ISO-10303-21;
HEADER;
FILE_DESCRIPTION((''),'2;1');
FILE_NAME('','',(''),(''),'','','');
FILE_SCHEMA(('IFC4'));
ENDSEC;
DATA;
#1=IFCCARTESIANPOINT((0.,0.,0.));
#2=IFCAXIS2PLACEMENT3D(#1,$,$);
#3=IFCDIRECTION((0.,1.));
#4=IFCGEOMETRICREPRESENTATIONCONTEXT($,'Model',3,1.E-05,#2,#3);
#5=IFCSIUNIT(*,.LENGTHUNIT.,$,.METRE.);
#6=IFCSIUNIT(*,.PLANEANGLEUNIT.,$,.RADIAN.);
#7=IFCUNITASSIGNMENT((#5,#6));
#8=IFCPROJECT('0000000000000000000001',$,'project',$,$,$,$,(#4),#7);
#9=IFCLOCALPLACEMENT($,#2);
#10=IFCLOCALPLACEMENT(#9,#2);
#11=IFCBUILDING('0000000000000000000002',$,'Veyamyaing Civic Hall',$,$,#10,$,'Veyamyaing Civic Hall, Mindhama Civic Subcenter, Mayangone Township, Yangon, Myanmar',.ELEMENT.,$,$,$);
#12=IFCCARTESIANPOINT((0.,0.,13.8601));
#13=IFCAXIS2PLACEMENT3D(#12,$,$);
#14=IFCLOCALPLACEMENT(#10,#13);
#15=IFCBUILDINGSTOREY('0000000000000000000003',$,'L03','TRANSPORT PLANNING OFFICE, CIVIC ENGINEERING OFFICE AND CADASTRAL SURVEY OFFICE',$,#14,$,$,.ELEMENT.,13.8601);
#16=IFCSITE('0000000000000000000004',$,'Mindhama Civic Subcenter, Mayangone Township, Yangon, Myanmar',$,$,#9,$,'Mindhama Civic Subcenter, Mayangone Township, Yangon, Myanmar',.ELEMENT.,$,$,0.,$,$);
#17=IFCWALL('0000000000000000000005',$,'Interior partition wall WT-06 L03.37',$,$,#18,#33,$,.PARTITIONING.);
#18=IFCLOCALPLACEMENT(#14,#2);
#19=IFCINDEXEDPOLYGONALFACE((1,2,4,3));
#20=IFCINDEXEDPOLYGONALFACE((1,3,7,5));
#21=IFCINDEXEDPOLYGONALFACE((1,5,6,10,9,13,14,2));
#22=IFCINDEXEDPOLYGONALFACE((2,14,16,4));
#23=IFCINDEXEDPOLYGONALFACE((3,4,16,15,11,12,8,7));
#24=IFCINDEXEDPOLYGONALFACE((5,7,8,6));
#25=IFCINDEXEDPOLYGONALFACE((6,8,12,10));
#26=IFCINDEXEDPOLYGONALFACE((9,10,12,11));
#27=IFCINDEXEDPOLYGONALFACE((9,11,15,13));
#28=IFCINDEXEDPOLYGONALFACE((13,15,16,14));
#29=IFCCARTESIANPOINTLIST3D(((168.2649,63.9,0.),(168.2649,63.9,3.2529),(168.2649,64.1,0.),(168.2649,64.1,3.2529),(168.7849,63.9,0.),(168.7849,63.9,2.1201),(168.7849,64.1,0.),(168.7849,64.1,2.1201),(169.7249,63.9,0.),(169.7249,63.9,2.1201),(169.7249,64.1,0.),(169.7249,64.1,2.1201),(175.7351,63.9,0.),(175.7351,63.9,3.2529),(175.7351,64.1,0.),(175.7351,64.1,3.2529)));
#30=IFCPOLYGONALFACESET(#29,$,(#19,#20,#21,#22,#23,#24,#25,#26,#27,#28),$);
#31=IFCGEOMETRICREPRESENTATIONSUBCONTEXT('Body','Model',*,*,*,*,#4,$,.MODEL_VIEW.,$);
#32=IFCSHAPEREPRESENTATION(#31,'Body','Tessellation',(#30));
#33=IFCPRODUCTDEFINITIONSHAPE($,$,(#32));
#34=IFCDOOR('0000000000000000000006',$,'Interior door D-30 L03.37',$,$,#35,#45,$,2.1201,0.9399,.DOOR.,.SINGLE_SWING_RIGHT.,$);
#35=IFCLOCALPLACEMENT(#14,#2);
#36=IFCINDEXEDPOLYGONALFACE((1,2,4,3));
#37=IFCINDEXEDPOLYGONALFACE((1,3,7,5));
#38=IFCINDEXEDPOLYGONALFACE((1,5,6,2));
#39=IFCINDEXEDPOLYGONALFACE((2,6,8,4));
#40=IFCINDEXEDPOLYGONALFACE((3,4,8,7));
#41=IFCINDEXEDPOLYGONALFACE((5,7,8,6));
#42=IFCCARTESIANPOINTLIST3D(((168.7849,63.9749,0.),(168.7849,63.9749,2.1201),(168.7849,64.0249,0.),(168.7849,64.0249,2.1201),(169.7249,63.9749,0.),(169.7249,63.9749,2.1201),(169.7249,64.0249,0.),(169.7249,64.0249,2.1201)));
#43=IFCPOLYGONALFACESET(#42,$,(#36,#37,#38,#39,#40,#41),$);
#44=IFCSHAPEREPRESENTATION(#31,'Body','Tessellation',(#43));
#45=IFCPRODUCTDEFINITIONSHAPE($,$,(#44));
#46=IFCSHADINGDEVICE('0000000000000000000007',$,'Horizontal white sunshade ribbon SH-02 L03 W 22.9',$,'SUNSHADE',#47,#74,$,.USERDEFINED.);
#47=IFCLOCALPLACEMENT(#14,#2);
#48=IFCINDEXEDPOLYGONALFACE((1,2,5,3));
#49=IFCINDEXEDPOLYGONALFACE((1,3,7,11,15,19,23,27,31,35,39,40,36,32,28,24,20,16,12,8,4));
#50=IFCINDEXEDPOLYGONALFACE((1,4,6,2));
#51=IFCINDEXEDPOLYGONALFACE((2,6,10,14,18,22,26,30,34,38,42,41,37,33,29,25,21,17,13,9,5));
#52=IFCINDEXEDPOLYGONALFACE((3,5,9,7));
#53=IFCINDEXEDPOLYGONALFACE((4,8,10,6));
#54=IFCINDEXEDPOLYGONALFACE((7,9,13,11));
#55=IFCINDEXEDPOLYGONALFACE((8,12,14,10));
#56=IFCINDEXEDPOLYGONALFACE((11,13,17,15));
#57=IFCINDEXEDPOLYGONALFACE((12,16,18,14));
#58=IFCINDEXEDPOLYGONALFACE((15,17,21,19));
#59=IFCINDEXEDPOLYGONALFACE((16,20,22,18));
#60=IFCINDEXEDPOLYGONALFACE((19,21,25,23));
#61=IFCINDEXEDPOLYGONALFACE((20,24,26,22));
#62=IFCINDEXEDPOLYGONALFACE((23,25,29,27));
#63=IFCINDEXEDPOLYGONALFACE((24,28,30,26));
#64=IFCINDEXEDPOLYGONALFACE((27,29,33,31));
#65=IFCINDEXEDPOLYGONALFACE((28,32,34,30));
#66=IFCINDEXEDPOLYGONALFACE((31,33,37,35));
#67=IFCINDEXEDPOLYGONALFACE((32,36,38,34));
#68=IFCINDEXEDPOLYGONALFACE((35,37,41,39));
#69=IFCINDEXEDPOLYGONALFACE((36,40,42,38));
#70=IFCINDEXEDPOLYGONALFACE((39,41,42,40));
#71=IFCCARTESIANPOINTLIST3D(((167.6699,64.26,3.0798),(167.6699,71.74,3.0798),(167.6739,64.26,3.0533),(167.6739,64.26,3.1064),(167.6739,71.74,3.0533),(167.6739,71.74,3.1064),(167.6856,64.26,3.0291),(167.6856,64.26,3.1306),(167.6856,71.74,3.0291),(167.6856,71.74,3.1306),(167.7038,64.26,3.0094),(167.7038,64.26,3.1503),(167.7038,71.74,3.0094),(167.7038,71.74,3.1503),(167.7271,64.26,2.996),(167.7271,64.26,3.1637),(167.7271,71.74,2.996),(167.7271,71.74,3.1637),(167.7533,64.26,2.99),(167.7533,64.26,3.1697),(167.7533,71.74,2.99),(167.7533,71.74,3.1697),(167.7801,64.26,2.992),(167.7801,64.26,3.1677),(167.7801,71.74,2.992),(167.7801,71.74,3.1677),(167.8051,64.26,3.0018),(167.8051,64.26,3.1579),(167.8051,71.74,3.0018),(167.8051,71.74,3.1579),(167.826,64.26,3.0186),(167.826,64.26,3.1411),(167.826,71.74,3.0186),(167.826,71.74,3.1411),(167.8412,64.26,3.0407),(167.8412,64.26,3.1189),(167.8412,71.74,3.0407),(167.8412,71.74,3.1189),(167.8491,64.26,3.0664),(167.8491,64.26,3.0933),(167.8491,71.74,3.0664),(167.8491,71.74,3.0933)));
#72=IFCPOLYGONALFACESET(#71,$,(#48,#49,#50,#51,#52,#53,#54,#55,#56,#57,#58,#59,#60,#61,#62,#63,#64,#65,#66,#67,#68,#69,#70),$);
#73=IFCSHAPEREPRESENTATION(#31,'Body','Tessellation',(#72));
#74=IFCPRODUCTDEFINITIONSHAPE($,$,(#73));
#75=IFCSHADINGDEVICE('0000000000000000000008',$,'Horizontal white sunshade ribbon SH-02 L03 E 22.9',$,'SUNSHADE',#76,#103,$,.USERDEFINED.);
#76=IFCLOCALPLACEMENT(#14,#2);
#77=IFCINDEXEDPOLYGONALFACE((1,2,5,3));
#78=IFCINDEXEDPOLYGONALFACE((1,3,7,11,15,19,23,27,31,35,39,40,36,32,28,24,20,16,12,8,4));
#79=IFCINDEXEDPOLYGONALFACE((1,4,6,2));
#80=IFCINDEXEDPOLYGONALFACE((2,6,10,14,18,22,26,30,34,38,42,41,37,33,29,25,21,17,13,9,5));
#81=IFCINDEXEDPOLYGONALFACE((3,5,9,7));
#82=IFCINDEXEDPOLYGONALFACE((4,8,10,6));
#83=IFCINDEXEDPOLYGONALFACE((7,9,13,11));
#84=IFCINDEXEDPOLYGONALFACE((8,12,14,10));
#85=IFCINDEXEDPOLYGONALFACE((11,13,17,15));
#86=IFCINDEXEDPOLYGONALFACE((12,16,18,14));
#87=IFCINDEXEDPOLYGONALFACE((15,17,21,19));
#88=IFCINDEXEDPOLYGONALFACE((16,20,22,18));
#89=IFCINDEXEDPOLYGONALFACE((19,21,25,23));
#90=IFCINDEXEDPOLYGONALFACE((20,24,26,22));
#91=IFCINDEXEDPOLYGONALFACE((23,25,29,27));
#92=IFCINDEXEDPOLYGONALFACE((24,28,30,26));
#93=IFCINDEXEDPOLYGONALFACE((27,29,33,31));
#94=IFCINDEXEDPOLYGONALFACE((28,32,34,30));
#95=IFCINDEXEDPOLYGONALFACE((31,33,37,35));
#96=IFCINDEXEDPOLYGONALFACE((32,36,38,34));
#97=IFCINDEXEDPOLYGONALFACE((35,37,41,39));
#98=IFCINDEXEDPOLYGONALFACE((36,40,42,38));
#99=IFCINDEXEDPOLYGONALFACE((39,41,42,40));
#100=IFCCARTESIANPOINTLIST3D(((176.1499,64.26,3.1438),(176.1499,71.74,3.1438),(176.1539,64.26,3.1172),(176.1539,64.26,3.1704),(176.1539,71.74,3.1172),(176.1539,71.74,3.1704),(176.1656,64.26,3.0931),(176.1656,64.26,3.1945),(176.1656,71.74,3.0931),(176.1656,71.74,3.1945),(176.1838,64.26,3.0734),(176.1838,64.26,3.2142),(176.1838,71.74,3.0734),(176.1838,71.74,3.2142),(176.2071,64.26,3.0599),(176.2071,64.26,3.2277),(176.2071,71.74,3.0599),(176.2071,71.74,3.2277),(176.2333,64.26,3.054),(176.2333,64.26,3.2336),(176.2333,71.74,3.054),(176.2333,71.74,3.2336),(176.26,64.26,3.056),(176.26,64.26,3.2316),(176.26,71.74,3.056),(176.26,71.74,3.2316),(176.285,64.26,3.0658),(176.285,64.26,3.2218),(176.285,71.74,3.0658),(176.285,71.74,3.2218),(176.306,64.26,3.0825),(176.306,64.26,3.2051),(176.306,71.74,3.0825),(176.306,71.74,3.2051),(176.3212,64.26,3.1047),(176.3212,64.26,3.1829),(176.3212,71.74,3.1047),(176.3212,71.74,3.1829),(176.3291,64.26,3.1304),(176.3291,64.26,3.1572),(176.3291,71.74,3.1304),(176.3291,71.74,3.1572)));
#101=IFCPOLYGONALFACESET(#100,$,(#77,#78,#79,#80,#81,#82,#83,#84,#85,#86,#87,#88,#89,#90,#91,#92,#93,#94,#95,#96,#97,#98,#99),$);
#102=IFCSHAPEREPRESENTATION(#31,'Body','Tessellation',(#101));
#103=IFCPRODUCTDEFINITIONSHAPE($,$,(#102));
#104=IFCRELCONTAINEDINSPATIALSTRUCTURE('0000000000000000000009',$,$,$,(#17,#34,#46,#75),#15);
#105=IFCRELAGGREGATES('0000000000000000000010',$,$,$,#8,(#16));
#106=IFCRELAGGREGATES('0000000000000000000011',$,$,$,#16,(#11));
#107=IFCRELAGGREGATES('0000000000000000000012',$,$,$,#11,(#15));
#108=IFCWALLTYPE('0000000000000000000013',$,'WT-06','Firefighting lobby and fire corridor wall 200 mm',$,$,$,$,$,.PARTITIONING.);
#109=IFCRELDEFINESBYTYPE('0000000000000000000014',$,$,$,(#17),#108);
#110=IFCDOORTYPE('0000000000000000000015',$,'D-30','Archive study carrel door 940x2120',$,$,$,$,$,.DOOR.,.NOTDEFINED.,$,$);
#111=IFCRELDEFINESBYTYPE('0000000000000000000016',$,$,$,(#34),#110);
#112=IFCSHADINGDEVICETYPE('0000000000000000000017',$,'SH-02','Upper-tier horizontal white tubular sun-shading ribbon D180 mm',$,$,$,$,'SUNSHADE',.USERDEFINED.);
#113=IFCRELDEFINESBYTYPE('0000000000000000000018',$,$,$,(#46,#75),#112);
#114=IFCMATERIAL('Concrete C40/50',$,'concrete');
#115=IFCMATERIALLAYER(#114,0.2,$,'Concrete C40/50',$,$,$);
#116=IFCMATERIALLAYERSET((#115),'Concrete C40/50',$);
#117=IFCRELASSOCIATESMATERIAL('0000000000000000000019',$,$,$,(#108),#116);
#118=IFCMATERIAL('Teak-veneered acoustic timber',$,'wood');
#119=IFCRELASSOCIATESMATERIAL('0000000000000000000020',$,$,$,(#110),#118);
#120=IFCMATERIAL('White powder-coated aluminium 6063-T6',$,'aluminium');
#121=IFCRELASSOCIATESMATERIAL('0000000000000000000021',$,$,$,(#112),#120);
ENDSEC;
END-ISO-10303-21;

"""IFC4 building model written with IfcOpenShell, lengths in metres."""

from ifc_helpers import new_model, si_unit, direction, frame, frame_2d, origin, origin_2d, place, context, subcontext, project, spatial, rectangle, circle, extrude, material, layer, layer_set, material_profile, profile_set, type_object, element, fill, save


model = new_model("IFC4")

# Units and contexts
model_context = context("Model", 3, precision=1e-05, world=origin(), true_north=direction((0.0, 1.0)))
body_context = subcontext(model_context, "Body", "Model", "MODEL_VIEW")
ifc_project = project(units=[si_unit("LENGTHUNIT", "METRE"), si_unit("PLANEANGLEUNIT", "RADIAN")], contexts=[model_context])

# Site, building, storey
site_placement = place(None, origin())
site = spatial("IfcSite", under=ifc_project, at=site_placement, Name="Mindhama Civic Subcenter, Mayangone Township, Yangon, Myanmar", LongName="Mindhama Civic Subcenter, Mayangone Township, Yangon, Myanmar", CompositionType="ELEMENT", RefElevation=0.0)
building_placement = place(site_placement, origin())
building = spatial("IfcBuilding", under=site, at=building_placement, Name="Veyamyaing Civic Hall", LongName="Veyamyaing Civic Hall, Mindhama Civic Subcenter, Mayangone Township, Yangon, Myanmar", CompositionType="ELEMENT")
storey_placement = place(building_placement, frame((0.0, 0.0, 13.8601)))
storey = spatial("IfcBuildingStorey", under=building, at=storey_placement, Name="L03", Description="TRANSPORT PLANNING OFFICE, CIVIC ENGINEERING OFFICE AND CADASTRAL SURVEY OFFICE", CompositionType="ELEMENT", Elevation=13.8601)

# Wall, opening, door
ifc_material_1 = material(Name="Concrete C40/50", Category="concrete")
ifc_layer_1 = layer(ifc_material_1, 0.2, Name="Concrete C40/50")
ifc_layer_set_1 = layer_set([ifc_layer_1], Name="Concrete C40/50")
wall_type = type_object("IfcWallType", Name="WT-06", Description="Firefighting lobby and fire corridor wall 200 mm", PredefinedType="PARTITIONING", material=ifc_layer_set_1)
wall_placement = place(storey_placement, frame((168.2649, 64.0, 0.0), z_axis=(0.0, 0.0, 1.0), x_axis=(1.0, 0.0, 0.0)))
wall = element("IfcWall", 1, at=wall_placement, inside=storey, type_object=wall_type, Name="Interior partition wall WT-06 L03.37", PredefinedType="PARTITIONING", context=body_context, shape_type="SweptSolid", body=[
    extrude(rectangle(XDim=7.4702, YDim=0.2, at=frame_2d((3.7351, 0.0))), origin(), (0.0, 0.0, 1.0), 3.2529),
])
opening_placement = place(wall_placement, frame((0.52, 0.0, 0.0)))
opening = element("IfcOpeningElement", 2, at=opening_placement, cuts=wall, PredefinedType="OPENING", context=body_context, shape_type="SweptSolid", body=[
    extrude(rectangle(XDim=0.9399, YDim=2.1201, at=frame_2d((0.47, 1.0601))), frame((0.0, 0.1099, 0.0), z_axis=(0.0, -1.0, 0.0), x_axis=(1.0, 0.0, 0.0)), (0.0, 0.0, 1.0), 0.22),
])
ifc_material_2 = material(Name="Teak-veneered acoustic timber", Category="wood")
door_type = type_object("IfcDoorType", Name="D-30", Description="Archive study carrel door 940x2120", OperationType="NOTDEFINED", PredefinedType="DOOR", material=ifc_material_2)
door_placement = place(opening_placement, origin())
door = element("IfcDoor", 3, at=door_placement, inside=storey, type_object=door_type, Name="Interior door D-30 L03.37", OperationType="SINGLE_SWING_RIGHT", OverallHeight=2.1201, OverallWidth=0.9399, PredefinedType="DOOR", context=body_context, shape_type="SweptSolid", body=[
    extrude(rectangle(XDim=0.9399, YDim=2.1201, at=frame_2d((0.47, 1.0601))), frame((0.0, 0.0249, 0.0), z_axis=(0.0, -1.0, 0.0), x_axis=(1.0, 0.0, 0.0)), (0.0, 0.0, 1.0), 0.05),
])
fill(opening, door)

# Shading devices
ifc_material_3 = material(Name="White powder-coated aluminium 6063-T6", Category="aluminium")
ifc_material_profile_1 = material_profile(ifc_material_3, circle(Radius=0.0901, at=origin_2d()), Name="SHADE-TUBE-180")
ifc_profile_set_1 = profile_set([ifc_material_profile_1], Name="White powder-coated aluminium 6063-T6")
shading_device_type = type_object("IfcShadingDeviceType", Name="SH-02", Description="Upper-tier horizontal white tubular sun-shading ribbon D180 mm", ElementType="SUNSHADE", PredefinedType="USERDEFINED", material=ifc_profile_set_1)
for number, where, z_axis, x_axis, name in (
    (4, (167.76, 64.26, 3.0798), (0.0, 1.0, 0.0), (-1.0, 0.0, 0.0), "Horizontal white sunshade ribbon SH-02 L03 W 22.9"),
    (5, (176.24, 64.26, 3.1438), (0.0, 1.0, 0.0), (-1.0, 0.0, 0.0), "Horizontal white sunshade ribbon SH-02 L03 E 22.9"),
):
    element("IfcShadingDevice", number, at=place(storey_placement, frame(where, z_axis=z_axis, x_axis=x_axis)), inside=storey, type_object=shading_device_type, Name=name, ObjectType="SUNSHADE", PredefinedType="USERDEFINED", context=body_context, shape_type="SweptSolid", body=[
        extrude(circle(Radius=0.0901, at=origin_2d()), origin(), (0.0, 0.0, 1.0), 7.48),
    ])

save(model, "model.ifc")
